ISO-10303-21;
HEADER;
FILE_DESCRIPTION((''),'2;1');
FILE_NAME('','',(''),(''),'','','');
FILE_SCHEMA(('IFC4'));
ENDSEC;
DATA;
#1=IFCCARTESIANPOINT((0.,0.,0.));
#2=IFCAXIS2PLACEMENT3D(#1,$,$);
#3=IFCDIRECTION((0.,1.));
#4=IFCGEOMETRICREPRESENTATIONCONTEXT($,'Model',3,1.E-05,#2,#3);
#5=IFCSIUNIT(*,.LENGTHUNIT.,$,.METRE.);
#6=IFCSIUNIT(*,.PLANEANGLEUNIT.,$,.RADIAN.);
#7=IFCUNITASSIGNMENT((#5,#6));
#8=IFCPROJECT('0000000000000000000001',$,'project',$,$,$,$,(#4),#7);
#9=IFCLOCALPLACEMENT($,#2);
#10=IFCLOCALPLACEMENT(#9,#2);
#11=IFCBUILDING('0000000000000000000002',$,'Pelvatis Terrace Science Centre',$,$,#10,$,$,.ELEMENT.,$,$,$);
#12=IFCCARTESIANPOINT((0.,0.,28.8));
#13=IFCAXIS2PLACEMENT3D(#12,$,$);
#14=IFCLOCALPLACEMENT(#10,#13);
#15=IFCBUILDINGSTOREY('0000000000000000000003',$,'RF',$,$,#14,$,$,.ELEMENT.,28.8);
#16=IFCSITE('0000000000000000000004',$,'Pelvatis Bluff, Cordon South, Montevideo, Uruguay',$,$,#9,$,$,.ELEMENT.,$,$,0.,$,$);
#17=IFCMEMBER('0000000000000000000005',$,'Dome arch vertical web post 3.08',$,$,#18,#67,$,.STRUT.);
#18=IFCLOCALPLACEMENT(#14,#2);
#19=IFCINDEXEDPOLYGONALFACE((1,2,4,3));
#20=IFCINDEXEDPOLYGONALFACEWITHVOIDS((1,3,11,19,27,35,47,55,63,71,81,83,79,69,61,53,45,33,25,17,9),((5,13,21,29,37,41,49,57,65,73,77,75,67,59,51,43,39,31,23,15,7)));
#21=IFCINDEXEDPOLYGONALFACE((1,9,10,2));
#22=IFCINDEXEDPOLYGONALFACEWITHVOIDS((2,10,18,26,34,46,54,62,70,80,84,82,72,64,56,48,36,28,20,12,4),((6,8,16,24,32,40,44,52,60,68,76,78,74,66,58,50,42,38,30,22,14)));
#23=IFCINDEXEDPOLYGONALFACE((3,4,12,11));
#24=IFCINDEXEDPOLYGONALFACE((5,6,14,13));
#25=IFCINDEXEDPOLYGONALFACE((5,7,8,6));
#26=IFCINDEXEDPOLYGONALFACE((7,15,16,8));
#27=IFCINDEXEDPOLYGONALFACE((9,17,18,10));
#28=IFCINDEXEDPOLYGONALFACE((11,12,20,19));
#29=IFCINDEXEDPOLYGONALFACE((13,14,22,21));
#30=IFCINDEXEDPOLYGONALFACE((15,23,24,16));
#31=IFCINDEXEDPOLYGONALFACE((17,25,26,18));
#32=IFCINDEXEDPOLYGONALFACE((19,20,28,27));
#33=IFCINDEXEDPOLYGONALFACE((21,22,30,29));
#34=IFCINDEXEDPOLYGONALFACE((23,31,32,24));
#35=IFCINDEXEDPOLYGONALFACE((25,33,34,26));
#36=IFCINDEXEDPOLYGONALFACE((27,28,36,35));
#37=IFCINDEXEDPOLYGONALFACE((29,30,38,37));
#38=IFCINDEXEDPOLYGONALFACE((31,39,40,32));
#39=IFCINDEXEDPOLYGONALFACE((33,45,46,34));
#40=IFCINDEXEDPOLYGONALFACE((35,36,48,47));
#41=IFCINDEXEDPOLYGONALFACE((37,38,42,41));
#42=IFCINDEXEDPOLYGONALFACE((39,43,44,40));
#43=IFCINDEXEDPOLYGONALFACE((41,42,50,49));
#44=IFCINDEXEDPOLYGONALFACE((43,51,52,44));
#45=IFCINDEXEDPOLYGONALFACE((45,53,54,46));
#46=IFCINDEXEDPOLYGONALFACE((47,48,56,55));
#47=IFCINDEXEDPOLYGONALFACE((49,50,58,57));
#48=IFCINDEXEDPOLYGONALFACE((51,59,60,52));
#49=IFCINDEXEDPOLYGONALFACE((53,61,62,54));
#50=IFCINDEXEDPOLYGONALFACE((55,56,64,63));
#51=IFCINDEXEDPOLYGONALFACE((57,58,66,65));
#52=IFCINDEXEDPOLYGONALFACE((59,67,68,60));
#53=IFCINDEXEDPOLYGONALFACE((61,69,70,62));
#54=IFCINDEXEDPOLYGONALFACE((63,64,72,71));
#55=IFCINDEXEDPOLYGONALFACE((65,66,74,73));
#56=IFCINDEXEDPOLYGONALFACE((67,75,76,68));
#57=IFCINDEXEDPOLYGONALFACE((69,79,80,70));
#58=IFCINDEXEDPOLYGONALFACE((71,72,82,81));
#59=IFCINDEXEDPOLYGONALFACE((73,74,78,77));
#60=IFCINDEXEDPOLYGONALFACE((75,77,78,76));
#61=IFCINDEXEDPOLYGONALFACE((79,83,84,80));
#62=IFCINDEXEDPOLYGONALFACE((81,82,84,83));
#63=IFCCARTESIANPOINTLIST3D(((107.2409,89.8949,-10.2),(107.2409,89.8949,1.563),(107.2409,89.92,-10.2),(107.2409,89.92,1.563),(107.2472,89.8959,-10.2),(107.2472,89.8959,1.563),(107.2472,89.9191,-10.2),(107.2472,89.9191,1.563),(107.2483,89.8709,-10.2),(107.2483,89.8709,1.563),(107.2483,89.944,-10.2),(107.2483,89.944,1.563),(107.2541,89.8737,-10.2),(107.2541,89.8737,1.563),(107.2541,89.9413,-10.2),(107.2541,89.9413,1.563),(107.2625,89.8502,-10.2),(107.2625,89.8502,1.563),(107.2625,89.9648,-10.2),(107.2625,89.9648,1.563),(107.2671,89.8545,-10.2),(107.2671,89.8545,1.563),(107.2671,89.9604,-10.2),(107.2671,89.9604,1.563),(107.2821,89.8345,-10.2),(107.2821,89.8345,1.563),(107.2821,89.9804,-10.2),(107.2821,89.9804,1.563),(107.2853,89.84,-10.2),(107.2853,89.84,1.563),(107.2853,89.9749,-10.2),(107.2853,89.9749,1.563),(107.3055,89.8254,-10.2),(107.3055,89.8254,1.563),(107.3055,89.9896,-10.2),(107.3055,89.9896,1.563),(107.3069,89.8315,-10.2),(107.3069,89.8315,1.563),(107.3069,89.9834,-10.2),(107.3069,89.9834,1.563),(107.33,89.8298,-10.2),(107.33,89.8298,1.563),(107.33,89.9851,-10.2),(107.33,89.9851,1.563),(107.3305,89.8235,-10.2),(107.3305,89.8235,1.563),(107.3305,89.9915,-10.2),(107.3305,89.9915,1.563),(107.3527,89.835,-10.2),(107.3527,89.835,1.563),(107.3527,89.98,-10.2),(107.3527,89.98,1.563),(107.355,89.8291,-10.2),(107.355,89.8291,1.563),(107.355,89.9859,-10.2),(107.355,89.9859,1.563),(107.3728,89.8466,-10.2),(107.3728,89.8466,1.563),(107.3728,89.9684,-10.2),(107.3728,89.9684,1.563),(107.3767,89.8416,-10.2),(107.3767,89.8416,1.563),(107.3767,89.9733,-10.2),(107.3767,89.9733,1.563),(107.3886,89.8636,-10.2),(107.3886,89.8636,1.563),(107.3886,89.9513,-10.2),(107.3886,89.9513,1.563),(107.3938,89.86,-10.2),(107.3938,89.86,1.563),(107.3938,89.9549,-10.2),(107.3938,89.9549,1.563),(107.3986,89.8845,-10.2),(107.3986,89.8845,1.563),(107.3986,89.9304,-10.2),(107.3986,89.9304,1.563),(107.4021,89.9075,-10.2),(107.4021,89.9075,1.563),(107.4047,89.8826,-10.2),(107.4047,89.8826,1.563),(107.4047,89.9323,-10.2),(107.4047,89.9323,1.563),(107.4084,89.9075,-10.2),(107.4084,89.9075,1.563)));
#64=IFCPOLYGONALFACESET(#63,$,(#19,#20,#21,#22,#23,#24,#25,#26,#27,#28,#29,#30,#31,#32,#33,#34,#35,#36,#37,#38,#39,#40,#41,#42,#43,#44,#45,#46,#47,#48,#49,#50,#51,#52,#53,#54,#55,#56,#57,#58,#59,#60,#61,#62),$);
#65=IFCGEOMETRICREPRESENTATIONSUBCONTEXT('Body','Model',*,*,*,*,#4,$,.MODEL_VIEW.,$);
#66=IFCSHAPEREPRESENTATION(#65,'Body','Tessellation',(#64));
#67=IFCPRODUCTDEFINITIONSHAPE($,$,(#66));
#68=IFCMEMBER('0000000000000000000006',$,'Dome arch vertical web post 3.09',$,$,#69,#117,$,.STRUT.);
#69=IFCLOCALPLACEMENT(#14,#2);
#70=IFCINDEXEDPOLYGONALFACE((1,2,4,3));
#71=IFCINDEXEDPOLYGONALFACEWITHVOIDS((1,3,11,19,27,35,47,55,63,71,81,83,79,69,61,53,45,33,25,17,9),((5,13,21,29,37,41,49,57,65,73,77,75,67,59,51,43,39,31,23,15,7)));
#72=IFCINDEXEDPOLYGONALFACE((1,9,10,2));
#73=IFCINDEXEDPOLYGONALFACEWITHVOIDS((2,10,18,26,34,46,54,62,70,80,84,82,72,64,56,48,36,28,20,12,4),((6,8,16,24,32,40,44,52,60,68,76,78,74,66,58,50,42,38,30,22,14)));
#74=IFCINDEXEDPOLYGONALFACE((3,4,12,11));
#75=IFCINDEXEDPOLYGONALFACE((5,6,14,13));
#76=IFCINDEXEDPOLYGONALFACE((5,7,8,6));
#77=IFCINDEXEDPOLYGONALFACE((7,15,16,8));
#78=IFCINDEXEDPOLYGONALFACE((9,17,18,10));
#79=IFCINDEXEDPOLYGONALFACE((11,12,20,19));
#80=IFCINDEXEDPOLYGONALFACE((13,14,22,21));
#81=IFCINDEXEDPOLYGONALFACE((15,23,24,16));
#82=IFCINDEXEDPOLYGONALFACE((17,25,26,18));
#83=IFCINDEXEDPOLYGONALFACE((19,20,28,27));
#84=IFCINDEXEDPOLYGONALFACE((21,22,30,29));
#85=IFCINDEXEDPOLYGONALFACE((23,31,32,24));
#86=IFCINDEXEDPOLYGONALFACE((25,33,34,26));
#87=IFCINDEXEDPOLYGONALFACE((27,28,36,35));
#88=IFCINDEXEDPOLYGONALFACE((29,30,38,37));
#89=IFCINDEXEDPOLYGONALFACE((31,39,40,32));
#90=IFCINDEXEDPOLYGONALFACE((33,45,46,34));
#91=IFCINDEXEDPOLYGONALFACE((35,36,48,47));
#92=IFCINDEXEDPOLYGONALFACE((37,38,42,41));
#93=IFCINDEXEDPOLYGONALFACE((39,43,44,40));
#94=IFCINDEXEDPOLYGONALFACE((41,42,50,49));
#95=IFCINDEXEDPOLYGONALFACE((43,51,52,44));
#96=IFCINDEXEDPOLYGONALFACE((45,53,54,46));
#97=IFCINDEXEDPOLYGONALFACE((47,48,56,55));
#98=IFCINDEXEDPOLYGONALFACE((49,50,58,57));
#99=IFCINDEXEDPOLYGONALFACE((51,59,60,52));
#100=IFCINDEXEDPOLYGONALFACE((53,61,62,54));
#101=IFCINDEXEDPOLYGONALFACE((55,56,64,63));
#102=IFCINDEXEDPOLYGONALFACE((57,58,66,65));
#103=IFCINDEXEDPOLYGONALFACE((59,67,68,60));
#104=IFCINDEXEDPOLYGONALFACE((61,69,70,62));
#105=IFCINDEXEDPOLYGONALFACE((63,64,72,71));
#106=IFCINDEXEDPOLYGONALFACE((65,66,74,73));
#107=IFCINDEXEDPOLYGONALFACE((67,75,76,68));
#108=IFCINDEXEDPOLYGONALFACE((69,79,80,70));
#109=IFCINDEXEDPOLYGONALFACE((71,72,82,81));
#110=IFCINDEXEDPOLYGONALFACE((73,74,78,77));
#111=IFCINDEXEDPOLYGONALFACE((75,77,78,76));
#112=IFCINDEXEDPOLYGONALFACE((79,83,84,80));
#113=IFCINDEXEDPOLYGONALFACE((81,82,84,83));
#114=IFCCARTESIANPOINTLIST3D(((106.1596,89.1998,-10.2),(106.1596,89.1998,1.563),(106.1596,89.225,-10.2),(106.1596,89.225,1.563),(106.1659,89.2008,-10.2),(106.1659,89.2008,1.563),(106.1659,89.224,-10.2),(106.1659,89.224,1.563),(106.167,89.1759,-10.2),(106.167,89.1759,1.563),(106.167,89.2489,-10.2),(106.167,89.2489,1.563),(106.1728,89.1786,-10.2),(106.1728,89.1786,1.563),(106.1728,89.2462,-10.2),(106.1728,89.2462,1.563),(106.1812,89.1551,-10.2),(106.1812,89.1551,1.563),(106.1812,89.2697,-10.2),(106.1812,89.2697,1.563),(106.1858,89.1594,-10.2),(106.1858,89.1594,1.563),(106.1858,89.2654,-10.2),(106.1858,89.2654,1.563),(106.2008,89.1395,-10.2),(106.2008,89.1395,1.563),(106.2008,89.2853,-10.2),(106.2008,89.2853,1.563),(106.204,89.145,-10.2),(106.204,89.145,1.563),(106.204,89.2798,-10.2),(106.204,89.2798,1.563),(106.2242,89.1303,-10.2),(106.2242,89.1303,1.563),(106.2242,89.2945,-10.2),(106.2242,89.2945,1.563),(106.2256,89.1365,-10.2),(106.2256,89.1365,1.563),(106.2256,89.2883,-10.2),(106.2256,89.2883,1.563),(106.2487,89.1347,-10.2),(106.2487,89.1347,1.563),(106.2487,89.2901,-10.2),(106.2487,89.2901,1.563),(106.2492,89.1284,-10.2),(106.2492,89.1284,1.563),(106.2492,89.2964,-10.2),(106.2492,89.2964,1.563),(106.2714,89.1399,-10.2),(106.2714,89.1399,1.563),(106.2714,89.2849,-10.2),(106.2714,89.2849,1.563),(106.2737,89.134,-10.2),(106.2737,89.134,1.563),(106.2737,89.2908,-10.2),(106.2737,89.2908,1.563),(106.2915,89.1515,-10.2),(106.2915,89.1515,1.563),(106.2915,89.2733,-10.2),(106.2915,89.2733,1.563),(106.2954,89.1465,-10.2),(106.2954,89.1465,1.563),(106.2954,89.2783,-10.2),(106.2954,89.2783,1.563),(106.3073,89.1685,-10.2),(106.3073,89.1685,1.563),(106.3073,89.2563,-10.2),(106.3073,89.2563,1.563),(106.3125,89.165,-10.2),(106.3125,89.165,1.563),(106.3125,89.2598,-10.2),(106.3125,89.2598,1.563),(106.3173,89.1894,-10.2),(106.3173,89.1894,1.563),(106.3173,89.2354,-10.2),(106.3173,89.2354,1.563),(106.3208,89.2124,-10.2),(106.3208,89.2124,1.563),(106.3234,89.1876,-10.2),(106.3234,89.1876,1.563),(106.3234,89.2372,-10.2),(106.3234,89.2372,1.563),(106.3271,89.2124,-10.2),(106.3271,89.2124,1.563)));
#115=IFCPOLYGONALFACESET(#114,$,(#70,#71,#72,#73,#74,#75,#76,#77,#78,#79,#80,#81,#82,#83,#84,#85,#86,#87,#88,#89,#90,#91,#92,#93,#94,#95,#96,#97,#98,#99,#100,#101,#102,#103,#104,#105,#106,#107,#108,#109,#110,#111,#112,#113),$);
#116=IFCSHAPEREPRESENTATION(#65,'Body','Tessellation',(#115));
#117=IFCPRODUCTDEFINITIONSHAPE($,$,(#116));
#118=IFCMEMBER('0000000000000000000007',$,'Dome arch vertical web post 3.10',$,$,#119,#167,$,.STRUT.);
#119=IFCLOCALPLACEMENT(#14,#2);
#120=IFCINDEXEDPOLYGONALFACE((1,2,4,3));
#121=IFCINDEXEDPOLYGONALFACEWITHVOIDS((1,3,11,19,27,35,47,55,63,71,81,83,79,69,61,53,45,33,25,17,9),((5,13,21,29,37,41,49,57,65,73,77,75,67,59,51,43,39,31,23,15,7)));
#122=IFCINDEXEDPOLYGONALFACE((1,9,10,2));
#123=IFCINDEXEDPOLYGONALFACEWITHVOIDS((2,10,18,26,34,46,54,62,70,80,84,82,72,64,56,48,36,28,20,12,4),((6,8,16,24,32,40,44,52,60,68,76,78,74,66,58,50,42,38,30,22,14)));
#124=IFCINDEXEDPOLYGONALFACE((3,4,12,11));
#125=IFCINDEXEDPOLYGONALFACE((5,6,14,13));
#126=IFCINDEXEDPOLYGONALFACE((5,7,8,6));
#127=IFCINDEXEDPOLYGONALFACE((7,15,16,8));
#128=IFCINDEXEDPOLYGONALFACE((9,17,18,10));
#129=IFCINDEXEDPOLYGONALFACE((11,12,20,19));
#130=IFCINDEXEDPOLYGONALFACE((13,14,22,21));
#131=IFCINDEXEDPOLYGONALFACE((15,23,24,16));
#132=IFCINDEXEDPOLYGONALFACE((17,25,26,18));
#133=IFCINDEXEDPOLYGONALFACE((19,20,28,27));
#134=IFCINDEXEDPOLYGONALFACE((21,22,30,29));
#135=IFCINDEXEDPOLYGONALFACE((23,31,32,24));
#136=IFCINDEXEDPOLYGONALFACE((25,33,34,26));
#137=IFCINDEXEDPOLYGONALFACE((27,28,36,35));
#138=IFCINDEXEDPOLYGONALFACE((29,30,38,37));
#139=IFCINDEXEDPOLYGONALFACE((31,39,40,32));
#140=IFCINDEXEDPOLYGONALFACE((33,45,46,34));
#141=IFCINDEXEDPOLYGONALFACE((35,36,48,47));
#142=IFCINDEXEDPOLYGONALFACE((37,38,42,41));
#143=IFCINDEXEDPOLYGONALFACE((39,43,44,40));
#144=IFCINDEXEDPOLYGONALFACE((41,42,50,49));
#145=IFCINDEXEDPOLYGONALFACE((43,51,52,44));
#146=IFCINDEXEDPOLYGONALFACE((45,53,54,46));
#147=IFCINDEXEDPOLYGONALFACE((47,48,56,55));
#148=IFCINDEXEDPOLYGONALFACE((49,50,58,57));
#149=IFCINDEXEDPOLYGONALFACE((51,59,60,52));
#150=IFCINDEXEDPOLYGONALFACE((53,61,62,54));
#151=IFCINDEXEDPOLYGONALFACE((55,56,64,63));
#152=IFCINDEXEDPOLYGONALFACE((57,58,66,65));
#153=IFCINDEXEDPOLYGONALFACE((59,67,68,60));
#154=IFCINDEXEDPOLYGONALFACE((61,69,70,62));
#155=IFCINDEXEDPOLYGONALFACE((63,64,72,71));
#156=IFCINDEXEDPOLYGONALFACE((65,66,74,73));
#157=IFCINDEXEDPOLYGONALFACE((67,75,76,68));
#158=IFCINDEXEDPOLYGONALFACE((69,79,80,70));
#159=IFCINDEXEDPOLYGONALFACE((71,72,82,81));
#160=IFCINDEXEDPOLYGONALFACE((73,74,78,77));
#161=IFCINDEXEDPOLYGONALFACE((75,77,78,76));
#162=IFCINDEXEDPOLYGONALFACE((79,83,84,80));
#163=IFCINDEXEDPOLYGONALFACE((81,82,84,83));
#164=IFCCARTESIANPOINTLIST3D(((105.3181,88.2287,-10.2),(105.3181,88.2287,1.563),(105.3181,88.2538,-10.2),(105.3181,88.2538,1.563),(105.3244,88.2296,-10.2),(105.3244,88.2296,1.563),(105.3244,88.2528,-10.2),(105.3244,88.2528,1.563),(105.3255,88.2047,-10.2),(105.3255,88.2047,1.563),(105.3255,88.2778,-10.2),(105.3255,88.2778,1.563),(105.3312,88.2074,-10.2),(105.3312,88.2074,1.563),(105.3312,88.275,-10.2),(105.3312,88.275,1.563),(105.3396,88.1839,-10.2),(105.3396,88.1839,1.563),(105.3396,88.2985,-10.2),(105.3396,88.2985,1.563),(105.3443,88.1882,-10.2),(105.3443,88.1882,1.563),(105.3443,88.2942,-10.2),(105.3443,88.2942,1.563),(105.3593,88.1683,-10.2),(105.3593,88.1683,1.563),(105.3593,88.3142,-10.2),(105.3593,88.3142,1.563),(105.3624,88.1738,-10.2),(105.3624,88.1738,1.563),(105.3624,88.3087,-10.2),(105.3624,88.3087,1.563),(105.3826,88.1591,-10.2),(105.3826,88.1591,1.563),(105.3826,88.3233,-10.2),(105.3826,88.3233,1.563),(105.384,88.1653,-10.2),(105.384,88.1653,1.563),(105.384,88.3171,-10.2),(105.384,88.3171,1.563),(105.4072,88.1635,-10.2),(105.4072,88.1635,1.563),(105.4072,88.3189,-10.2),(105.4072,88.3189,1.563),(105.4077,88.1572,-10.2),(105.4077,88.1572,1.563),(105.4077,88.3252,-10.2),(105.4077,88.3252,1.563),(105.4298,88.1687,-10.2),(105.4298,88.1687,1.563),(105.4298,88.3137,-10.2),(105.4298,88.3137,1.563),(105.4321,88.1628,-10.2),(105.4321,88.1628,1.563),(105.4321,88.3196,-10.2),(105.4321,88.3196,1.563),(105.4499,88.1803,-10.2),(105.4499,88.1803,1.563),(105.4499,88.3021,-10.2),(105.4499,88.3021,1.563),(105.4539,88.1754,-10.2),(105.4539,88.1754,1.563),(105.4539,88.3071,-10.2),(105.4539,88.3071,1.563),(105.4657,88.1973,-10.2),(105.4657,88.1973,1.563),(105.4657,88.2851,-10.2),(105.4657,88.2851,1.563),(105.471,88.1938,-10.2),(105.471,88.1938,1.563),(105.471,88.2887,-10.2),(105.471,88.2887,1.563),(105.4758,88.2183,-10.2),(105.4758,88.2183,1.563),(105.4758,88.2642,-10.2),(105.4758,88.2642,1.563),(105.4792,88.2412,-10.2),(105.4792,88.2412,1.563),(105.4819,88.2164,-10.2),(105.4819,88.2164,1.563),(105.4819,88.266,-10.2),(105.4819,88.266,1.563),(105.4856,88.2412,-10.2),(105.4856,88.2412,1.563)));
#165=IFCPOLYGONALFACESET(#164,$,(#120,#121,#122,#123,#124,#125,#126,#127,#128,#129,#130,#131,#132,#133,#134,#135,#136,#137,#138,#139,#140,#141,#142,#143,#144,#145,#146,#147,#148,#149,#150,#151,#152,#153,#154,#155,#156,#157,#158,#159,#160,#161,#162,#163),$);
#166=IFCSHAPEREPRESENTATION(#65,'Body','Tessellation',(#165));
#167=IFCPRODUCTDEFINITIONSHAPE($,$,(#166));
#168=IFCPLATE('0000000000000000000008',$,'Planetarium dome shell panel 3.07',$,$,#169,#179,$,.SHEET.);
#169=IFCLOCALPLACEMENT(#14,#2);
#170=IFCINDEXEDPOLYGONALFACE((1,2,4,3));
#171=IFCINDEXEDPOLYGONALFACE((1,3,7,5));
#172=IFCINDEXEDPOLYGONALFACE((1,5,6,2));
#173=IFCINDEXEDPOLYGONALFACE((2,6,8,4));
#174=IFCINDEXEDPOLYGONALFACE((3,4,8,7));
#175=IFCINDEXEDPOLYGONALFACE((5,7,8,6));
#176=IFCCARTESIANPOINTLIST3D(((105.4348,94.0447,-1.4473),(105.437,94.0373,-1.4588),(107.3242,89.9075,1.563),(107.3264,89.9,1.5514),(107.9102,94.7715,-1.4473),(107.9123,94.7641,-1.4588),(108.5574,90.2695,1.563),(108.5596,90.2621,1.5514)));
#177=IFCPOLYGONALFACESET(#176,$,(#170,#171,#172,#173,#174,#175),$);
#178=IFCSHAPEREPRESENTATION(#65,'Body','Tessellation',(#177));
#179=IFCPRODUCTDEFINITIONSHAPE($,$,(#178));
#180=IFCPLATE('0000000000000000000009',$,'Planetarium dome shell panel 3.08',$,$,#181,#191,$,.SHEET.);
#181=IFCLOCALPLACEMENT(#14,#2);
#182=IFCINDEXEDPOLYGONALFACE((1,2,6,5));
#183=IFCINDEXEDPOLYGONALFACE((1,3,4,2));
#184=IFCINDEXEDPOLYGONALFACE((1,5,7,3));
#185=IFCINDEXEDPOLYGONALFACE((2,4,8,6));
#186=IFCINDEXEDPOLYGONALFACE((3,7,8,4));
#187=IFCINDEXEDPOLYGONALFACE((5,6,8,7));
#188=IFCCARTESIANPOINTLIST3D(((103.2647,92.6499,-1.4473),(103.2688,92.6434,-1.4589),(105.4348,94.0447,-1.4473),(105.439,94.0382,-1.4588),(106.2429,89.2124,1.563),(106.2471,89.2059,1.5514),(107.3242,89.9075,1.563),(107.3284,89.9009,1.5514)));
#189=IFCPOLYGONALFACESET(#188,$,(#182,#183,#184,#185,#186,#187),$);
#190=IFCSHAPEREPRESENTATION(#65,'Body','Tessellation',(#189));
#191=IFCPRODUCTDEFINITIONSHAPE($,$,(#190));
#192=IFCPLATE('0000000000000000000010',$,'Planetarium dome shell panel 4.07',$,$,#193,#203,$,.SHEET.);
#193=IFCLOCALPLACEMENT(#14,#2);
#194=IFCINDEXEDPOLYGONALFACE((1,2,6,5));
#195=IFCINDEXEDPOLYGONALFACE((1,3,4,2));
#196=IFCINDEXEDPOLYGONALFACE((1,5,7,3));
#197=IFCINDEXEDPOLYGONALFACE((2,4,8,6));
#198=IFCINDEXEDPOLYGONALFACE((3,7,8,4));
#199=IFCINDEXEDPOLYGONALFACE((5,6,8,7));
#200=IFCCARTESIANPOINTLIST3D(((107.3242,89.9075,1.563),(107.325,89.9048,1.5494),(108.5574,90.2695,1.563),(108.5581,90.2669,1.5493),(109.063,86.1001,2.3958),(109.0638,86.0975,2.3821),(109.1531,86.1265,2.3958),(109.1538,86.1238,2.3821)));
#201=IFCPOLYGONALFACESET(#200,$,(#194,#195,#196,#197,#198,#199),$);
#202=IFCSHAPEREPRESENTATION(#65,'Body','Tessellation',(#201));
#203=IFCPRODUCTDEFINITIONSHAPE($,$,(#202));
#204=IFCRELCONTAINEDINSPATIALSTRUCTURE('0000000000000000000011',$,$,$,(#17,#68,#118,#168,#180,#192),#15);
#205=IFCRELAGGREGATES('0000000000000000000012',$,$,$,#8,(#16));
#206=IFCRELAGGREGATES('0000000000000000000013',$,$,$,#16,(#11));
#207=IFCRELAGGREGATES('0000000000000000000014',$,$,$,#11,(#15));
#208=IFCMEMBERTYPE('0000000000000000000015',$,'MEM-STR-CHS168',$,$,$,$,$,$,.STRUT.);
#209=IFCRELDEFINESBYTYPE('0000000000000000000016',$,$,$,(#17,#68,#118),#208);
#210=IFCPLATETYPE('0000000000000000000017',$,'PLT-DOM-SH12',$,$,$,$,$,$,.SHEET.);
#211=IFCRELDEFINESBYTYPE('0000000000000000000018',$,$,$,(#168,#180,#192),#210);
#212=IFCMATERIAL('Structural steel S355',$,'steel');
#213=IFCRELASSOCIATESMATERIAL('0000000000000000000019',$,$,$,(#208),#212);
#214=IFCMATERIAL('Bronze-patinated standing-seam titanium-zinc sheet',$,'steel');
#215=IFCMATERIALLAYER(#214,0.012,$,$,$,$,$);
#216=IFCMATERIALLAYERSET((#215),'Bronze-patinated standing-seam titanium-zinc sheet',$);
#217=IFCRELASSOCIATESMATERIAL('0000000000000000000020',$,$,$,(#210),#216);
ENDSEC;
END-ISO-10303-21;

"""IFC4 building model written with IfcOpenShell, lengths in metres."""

from ifc_helpers import new_model, si_unit, direction, frame, origin, origin_2d, place, context, subcontext, project, spatial, polyline, hollow_circle, outline, extrude, material, layer, layer_set, material_profile, profile_set, type_object, element, save


model = new_model("IFC4")

# Units and contexts
model_context = context("Model", 3, precision=1e-05, world=origin(), true_north=direction((0.0, 1.0)))
body_context = subcontext(model_context, "Body", "Model", "MODEL_VIEW")
ifc_project = project(units=[si_unit("LENGTHUNIT", "METRE"), si_unit("PLANEANGLEUNIT", "RADIAN")], contexts=[model_context])

# Site, building, storey
site_placement = place(None, origin())
site = spatial("IfcSite", under=ifc_project, at=site_placement, Name="Pelvatis Bluff, Cordon South, Montevideo, Uruguay", CompositionType="ELEMENT", RefElevation=0.0)
building_placement = place(site_placement, origin())
building = spatial("IfcBuilding", under=site, at=building_placement, Name="Pelvatis Terrace Science Centre", CompositionType="ELEMENT")
storey_placement = place(building_placement, frame((0.0, 0.0, 28.8)))
storey = spatial("IfcBuildingStorey", under=building, at=storey_placement, Name="RF", CompositionType="ELEMENT", Elevation=28.8)

# Members
ifc_material_1 = material(Name="Structural steel S355", Category="steel")
ifc_material_profile_1 = material_profile(ifc_material_1, hollow_circle(Radius=0.0842, WallThickness=0.0063, at=origin_2d()), Name="CHS 168.3x6.3")
ifc_profile_set_1 = profile_set([ifc_material_profile_1], Name="Structural steel S355")
member_type_1 = type_object("IfcMemberType", Name="MEM-STR-CHS168", PredefinedType="STRUT", material=ifc_profile_set_1)
for number, where, z_axis, x_axis, name in (
    (1, (107.3242, 89.9075, -10.2), (0.0, 0.0, 1.0), (1.0, 0.0, 0.0), "Dome arch vertical web post 3.08"),
    (2, (106.2429, 89.2124, -10.2), (0.0, 0.0, 1.0), (1.0, 0.0, 0.0), "Dome arch vertical web post 3.09"),
    (3, (105.4014, 88.2412, -10.2), (0.0, 0.0, 1.0), (1.0, 0.0, 0.0), "Dome arch vertical web post 3.10"),
):
    element("IfcMember", number, at=place(storey_placement, frame(where, z_axis=z_axis, x_axis=x_axis)), inside=storey, type_object=member_type_1, Name=name, PredefinedType="STRUT", context=body_context, shape_type="SweptSolid", body=[
        extrude(hollow_circle(Radius=0.0842, WallThickness=0.0063, at=origin_2d()), origin(), (0.0, 0.0, 1.0), 11.7629),
    ])

# Plates
ifc_material_2 = material(Name="Bronze-patinated standing-seam titanium-zinc sheet", Category="steel")
ifc_layer_1 = layer(ifc_material_2, 0.012)
ifc_layer_set_1 = layer_set([ifc_layer_1], Name="Bronze-patinated standing-seam titanium-zinc sheet")
plate_type_1 = type_object("IfcPlateType", Name="PLT-DOM-SH12", PredefinedType="SHEET", material=ifc_layer_set_1)
plate_1_placement = place(storey_placement, frame((107.9102, 94.7715, -1.4473), z_axis=(-0.156594, 0.533332, 0.831285), x_axis=(-0.959495, -0.281724, 0.000002)))
element("IfcPlate", 4, at=plate_1_placement, inside=storey, type_object=plate_type_1, Name="Planetarium dome shell panel 3.07", PredefinedType="SHEET", context=body_context, shape_type="SweptSolid", body=[
    extrude(outline(polyline([(0.0, 0.0), (2.5798, 0.0), (1.9325, 5.4156), (0.6473, 5.4156), (0.0, 0.0)])), origin(), (0.0, 0.0, -1.0), 0.0139),
])
plate_2_placement = place(storey_placement, frame((105.4348, 94.0447, -1.4473), z_axis=(-0.300538, 0.467589, 0.831287), x_axis=(-0.841233, -0.540673, -0.000011)))
element("IfcPlate", 5, at=plate_2_placement, inside=storey, type_object=plate_type_1, Name="Planetarium dome shell panel 3.08", PredefinedType="SHEET", context=body_context, shape_type="SweptSolid", body=[
    extrude(outline(polyline([(0.0, 0.0), (2.5797, 0.0), (1.9328, 5.4157), (0.6474, 5.4156), (0.0, 0.0)])), origin(), (0.0, 0.0, -1.0), 0.0139),
])
plate_3_placement = place(storey_placement, frame((108.5574, 90.2695, 1.563), z_axis=(-0.055504, 0.189083, 0.980391), x_axis=(-0.959499, -0.281712, 0.000011)))
element("IfcPlate", 6, at=plate_3_placement, inside=storey, type_object=plate_type_1, Name="Planetarium dome shell panel 4.07", PredefinedType="SHEET", context=body_context, shape_type="SweptSolid", body=[
    extrude(outline(polyline([(0.0, 0.0), (1.2852, 0.0), (0.6894, 4.2259), (0.5956, 4.2259), (0.0, 0.0)])), origin(), (0.0, 0.0, -1.0), 0.0139),
])

save(model, "model.ifc")
